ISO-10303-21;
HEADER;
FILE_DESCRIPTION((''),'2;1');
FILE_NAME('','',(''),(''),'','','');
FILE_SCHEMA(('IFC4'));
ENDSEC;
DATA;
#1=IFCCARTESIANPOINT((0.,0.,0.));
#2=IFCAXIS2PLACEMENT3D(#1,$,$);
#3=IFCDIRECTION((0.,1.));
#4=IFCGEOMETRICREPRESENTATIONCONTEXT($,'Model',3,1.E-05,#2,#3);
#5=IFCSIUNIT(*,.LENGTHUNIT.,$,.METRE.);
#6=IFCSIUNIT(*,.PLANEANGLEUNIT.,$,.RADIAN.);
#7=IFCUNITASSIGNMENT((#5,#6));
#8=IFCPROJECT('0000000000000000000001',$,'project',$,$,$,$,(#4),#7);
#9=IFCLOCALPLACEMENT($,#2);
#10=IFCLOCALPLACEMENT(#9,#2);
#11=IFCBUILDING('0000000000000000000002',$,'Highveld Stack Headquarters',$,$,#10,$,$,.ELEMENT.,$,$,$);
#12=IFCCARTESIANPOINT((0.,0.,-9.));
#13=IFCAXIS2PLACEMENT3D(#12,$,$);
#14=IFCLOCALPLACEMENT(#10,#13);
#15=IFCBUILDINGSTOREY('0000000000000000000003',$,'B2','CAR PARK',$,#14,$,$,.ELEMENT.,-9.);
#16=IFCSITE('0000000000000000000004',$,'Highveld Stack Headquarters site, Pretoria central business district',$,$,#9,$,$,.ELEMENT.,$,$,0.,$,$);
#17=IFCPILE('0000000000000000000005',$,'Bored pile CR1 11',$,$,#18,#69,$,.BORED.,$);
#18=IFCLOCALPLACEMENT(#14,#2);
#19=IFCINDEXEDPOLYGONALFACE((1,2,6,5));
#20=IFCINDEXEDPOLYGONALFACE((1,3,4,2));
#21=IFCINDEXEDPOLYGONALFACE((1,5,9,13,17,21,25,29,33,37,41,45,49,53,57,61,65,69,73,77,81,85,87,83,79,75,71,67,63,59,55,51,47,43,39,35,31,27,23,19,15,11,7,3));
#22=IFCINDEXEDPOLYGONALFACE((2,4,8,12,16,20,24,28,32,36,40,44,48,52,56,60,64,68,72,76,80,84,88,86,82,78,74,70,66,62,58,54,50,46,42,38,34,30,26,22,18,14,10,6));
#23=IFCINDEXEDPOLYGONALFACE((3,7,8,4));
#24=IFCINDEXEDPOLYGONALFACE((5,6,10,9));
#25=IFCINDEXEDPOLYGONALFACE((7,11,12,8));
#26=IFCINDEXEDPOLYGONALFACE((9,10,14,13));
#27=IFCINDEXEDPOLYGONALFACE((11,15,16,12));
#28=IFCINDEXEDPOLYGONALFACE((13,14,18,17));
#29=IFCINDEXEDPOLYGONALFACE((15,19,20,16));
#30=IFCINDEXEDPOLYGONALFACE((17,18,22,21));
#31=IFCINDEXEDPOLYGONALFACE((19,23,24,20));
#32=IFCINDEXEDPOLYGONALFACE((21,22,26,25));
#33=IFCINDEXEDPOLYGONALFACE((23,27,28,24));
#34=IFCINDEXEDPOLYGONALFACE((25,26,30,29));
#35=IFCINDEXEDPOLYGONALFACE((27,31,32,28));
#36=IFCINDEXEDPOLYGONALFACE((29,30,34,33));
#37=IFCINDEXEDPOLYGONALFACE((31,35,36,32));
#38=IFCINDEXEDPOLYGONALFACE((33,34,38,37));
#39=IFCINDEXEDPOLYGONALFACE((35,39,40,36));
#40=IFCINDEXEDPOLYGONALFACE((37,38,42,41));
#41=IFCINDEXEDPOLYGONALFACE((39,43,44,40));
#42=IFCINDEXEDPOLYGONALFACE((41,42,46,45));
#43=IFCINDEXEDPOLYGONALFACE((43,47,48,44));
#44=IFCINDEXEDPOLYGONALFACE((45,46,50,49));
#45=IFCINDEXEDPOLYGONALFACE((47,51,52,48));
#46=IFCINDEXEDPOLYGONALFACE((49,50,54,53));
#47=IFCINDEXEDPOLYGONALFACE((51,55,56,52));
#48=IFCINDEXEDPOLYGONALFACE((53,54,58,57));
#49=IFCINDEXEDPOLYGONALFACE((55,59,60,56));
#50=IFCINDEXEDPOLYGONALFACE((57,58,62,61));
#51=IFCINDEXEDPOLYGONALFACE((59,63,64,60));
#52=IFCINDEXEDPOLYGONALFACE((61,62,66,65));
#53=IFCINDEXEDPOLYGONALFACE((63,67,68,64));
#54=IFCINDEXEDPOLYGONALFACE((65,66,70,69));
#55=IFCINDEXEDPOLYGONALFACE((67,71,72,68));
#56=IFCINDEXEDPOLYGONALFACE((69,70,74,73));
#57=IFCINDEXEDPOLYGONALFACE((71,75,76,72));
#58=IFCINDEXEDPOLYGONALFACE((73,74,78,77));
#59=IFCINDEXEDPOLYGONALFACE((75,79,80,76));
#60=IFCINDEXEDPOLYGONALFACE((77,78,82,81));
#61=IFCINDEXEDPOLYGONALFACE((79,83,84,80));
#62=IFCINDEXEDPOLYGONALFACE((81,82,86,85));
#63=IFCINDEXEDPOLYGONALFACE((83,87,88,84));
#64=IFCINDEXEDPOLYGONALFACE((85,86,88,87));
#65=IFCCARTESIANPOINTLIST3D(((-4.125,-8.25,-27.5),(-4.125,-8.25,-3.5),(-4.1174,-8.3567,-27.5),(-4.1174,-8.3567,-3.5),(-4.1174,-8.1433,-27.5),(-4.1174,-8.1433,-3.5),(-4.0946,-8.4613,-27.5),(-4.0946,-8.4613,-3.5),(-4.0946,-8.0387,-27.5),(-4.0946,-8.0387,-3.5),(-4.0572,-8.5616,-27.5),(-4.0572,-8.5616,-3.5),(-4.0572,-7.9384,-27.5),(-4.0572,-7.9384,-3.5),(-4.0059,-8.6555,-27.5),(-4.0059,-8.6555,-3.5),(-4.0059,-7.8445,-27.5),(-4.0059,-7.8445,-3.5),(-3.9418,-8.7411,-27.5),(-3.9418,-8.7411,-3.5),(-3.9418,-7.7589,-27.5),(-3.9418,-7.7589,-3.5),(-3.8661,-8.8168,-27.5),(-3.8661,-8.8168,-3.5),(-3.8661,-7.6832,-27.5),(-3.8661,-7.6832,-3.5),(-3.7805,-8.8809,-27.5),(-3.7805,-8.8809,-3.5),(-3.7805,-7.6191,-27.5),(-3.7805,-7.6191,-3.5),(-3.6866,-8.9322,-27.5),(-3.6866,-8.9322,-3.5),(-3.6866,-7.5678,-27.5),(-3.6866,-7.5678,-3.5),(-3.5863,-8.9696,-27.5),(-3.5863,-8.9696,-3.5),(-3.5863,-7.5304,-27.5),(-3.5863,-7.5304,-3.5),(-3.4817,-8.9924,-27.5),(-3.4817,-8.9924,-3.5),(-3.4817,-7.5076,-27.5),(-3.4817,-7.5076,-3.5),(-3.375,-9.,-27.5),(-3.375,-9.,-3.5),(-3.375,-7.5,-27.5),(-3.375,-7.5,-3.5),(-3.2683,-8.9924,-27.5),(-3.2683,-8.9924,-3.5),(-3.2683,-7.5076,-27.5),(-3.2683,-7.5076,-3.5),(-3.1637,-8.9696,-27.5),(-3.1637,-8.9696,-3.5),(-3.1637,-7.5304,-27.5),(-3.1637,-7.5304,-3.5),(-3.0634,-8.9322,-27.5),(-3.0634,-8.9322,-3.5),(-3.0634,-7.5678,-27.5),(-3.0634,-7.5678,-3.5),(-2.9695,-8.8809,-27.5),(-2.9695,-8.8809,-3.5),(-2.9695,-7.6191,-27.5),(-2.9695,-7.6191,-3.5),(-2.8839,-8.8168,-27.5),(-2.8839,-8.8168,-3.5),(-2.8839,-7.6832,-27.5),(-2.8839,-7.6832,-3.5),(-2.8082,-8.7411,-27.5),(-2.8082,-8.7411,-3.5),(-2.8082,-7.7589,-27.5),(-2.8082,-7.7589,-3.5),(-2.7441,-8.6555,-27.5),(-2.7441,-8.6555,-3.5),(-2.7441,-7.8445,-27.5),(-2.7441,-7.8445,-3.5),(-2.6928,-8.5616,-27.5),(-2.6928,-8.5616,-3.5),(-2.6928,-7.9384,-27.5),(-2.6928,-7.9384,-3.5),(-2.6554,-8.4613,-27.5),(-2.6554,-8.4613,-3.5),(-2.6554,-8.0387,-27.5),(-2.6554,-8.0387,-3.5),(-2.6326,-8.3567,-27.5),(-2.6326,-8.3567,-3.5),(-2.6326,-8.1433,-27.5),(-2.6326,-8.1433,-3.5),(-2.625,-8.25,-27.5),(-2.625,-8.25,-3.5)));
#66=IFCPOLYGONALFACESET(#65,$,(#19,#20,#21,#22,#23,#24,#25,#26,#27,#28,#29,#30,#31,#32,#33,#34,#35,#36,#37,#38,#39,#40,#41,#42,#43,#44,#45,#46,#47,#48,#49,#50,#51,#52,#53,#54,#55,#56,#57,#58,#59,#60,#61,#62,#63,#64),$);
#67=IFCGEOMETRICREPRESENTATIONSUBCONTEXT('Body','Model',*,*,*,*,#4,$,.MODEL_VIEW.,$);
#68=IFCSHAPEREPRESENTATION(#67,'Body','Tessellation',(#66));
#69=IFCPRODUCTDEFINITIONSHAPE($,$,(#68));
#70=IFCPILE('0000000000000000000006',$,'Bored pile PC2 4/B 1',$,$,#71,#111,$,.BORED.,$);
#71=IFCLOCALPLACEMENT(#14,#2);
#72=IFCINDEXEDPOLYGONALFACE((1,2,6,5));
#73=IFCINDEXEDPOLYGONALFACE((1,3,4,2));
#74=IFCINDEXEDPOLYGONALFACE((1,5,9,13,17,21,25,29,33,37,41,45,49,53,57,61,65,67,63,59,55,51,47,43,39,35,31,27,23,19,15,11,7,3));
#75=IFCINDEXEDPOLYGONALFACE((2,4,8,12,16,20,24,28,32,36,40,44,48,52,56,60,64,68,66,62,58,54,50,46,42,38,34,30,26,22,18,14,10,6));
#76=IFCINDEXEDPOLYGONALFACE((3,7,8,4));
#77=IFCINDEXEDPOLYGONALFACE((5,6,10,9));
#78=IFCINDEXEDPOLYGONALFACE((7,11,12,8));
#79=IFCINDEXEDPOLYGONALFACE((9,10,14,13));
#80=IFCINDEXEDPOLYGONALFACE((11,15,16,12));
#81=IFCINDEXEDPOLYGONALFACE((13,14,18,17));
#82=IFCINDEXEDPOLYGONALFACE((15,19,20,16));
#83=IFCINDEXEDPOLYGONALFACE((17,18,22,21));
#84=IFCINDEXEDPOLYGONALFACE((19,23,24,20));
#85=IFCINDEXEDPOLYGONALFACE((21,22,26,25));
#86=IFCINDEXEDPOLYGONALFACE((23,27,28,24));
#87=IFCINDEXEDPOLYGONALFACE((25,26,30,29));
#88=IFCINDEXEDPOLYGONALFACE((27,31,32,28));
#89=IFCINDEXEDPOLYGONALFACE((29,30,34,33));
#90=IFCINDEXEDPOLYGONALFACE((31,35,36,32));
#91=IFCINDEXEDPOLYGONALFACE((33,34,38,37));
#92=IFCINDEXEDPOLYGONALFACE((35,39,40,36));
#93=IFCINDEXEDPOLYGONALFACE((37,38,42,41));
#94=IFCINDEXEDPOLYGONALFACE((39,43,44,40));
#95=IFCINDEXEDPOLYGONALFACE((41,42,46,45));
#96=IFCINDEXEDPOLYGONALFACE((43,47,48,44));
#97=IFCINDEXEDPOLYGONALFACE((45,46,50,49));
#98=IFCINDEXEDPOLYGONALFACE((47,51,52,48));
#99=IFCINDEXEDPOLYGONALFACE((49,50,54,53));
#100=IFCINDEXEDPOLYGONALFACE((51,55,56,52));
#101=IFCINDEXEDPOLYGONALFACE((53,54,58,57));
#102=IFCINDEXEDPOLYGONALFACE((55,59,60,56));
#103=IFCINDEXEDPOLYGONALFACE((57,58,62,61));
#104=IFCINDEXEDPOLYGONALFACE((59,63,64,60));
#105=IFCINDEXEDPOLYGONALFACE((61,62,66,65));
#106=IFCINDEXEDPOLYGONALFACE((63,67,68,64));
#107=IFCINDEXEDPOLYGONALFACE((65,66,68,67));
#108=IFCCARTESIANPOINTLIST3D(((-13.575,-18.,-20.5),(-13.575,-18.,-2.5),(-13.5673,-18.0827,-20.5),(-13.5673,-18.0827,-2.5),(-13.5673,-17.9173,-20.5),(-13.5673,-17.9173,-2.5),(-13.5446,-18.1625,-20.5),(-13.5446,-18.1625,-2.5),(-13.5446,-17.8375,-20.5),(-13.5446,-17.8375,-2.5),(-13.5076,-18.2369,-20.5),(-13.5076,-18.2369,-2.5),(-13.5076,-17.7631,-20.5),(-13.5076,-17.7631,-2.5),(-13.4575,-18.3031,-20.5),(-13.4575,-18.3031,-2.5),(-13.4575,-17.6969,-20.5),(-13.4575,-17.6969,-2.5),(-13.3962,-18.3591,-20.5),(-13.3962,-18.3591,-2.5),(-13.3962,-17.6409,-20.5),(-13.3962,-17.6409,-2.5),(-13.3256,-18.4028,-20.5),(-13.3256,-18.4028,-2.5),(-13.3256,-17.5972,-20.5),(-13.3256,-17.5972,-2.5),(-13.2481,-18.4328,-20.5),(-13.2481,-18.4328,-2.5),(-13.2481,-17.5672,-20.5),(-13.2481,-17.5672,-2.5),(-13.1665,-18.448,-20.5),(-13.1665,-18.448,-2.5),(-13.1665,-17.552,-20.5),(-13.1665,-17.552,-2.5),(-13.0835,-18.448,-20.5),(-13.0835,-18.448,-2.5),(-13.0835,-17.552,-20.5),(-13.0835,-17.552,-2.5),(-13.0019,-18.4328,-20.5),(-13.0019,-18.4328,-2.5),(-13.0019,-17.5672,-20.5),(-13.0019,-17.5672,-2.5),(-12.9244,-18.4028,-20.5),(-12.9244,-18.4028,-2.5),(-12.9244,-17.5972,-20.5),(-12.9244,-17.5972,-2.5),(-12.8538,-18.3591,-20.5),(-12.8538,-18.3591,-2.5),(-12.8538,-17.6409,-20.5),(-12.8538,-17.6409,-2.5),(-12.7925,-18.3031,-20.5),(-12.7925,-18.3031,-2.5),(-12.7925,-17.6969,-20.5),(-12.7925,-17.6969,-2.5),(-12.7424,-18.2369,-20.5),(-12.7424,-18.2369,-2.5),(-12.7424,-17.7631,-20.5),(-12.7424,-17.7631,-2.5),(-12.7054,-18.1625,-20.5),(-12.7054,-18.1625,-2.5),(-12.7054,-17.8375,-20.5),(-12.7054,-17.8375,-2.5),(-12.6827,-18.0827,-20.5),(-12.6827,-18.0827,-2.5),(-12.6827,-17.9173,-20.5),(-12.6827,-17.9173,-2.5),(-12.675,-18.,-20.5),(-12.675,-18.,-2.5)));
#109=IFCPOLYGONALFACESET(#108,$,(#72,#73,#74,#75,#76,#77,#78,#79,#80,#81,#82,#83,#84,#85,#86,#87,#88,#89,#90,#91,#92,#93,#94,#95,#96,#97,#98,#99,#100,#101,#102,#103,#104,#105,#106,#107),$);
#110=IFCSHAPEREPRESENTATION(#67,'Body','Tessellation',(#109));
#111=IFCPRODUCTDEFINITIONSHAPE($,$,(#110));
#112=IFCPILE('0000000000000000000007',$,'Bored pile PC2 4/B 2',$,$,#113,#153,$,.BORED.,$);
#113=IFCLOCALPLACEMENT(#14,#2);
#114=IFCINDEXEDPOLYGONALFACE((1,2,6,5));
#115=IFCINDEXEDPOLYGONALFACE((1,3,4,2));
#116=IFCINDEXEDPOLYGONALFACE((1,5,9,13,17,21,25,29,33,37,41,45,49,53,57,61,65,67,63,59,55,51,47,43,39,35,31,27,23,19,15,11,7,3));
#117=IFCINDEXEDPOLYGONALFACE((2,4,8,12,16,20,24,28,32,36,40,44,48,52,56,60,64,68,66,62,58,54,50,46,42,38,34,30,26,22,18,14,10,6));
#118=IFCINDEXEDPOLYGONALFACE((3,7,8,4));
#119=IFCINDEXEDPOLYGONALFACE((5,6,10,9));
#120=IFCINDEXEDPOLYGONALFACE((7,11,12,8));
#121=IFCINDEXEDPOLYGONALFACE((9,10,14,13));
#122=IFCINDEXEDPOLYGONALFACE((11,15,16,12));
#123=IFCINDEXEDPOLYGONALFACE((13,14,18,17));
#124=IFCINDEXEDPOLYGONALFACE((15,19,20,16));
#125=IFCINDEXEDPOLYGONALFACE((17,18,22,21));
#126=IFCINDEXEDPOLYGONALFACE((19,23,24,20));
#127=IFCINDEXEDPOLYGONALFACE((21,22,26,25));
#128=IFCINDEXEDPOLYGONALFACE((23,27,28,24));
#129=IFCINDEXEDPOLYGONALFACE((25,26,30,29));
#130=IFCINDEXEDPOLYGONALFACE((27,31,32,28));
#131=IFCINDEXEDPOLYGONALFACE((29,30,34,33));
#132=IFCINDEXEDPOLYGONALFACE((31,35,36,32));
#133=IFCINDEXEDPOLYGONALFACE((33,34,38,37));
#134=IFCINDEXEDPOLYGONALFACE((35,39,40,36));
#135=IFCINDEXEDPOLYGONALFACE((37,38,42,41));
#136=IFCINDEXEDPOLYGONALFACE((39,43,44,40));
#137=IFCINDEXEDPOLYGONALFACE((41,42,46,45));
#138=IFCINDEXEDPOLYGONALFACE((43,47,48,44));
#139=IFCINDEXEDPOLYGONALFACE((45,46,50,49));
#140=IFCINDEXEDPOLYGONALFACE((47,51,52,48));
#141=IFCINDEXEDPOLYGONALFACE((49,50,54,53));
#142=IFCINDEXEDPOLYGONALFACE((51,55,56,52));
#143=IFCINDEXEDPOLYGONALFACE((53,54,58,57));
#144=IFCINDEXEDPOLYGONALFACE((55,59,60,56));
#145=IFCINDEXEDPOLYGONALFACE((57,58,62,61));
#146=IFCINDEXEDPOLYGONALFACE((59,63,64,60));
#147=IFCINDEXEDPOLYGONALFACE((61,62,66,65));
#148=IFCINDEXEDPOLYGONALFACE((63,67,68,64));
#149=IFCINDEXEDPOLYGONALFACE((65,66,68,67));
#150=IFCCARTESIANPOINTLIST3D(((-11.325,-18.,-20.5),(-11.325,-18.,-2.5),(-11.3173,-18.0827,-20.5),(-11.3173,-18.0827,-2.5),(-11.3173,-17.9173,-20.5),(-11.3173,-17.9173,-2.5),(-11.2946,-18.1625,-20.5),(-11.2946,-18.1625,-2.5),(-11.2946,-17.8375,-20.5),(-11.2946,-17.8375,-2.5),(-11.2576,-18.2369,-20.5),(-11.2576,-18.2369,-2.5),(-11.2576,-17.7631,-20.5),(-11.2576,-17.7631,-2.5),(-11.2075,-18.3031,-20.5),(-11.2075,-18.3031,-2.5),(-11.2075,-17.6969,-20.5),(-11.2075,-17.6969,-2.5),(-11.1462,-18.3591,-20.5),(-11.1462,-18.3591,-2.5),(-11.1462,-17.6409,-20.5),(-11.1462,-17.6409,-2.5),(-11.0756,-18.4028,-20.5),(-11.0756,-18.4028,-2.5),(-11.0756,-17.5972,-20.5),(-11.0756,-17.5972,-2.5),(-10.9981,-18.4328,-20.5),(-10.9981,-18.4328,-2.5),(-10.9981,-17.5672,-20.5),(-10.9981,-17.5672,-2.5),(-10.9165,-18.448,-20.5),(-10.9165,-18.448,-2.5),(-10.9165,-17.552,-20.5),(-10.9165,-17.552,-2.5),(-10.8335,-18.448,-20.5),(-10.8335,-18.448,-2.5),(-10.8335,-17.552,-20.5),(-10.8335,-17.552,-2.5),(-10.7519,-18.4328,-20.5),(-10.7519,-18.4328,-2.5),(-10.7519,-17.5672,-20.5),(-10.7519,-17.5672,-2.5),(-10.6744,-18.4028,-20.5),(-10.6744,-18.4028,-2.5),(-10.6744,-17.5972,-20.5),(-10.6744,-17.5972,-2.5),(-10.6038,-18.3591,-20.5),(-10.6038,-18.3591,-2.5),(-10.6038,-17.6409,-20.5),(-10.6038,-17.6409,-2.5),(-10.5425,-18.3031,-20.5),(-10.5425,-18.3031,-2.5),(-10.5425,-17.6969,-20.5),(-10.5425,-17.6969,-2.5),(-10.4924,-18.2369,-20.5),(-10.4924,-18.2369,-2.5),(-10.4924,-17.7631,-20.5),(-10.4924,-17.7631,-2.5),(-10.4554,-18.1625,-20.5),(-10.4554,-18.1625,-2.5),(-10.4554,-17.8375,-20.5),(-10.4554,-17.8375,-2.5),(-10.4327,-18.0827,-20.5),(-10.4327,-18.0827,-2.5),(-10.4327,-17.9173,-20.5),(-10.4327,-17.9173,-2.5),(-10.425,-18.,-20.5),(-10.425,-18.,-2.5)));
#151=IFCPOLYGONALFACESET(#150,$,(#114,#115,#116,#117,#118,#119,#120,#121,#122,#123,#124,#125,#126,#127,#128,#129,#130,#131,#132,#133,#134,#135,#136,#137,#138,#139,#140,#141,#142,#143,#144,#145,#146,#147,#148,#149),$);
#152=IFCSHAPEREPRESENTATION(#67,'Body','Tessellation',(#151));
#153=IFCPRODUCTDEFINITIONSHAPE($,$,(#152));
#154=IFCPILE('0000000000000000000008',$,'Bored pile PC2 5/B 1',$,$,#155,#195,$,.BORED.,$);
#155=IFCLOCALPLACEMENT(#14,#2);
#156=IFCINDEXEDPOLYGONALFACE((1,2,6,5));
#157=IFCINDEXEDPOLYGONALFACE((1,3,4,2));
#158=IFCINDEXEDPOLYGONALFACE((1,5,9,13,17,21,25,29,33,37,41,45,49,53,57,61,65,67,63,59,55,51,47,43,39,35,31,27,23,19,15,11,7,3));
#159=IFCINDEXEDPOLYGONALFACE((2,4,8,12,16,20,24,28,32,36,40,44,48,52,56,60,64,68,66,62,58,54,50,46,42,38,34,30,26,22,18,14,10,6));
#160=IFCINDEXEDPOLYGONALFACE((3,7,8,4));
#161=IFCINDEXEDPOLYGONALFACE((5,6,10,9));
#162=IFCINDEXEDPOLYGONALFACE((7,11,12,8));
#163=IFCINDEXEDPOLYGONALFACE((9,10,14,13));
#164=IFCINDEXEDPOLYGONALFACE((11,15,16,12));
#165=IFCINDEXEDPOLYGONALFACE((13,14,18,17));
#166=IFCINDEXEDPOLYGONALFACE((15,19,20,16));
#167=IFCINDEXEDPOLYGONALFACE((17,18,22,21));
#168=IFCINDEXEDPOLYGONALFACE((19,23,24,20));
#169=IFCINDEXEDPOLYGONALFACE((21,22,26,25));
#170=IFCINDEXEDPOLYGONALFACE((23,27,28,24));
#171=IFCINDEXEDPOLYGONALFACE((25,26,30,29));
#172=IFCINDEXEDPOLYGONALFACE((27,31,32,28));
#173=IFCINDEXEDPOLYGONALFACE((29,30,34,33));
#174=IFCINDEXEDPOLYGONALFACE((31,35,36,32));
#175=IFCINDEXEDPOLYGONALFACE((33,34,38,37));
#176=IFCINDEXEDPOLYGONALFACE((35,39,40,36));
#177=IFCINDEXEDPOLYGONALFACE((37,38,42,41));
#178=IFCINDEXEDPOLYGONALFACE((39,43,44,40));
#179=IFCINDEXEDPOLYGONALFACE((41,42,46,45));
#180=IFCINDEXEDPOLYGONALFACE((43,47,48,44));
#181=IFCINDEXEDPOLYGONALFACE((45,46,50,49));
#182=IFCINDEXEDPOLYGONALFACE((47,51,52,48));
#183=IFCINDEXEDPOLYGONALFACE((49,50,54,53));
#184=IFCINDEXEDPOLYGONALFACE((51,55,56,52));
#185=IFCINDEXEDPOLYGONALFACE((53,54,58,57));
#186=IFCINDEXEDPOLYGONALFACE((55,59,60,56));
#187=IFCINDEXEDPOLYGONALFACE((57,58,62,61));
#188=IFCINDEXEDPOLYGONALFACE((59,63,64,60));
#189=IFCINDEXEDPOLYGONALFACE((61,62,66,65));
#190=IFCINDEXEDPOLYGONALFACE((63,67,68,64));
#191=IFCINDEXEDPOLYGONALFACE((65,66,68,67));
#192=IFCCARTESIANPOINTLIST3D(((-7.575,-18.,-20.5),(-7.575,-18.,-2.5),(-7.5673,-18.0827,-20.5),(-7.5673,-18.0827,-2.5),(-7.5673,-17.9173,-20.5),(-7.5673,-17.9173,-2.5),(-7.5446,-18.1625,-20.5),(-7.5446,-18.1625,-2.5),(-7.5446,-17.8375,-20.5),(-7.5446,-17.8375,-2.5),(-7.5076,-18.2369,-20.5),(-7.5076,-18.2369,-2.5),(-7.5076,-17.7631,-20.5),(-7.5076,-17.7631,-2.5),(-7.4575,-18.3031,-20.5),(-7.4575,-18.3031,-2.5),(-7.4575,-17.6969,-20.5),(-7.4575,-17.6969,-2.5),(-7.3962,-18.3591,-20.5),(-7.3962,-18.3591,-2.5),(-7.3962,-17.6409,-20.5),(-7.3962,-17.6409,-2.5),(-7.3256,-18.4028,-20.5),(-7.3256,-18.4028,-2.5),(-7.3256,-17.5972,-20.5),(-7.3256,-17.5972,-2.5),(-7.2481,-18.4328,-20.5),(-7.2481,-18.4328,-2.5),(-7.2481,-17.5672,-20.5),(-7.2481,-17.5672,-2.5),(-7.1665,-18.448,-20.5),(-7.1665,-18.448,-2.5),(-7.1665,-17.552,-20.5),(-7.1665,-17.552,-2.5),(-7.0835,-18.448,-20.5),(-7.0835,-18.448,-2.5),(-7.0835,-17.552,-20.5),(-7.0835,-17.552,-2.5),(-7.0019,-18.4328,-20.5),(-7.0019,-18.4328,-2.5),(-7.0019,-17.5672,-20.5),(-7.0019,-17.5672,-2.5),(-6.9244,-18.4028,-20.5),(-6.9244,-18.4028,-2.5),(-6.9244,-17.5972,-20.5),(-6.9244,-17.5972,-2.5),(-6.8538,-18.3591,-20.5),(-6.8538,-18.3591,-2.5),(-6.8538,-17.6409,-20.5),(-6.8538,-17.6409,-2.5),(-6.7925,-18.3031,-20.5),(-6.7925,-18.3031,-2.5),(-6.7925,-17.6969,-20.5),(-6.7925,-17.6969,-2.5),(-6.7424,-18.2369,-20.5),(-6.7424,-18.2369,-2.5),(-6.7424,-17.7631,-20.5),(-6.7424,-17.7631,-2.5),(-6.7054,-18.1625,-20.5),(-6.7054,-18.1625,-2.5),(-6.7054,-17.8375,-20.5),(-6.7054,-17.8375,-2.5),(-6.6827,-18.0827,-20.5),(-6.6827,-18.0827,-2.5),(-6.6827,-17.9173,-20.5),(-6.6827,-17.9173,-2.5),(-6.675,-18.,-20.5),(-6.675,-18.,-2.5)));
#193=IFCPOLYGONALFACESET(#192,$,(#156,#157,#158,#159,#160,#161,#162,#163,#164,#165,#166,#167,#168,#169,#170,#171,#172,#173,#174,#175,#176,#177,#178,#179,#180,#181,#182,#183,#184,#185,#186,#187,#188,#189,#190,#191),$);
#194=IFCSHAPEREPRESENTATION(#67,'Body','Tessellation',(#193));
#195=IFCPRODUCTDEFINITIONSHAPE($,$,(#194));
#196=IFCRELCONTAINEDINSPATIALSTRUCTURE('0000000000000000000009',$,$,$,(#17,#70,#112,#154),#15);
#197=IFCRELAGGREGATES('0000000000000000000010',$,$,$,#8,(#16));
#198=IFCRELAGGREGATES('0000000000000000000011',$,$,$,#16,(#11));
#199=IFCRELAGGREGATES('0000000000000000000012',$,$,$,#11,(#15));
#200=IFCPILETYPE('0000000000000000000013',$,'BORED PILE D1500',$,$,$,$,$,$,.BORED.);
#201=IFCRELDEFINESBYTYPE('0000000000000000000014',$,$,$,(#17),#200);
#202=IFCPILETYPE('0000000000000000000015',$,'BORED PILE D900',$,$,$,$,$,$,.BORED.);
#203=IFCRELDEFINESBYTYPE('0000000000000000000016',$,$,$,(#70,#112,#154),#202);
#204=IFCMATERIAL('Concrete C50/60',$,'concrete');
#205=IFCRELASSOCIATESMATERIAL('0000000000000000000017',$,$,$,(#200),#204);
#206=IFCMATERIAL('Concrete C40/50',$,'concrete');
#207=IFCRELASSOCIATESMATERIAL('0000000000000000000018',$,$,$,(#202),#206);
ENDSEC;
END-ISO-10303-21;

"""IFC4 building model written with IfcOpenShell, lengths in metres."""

from ifc_helpers import new_model, si_unit, direction, frame, origin, origin_2d, place, context, subcontext, project, spatial, circle, extrude, material, type_object, element, save


model = new_model("IFC4")

# Units and contexts
model_context = context("Model", 3, precision=1e-05, world=origin(), true_north=direction((0.0, 1.0)))
body_context = subcontext(model_context, "Body", "Model", "MODEL_VIEW")
ifc_project = project(units=[si_unit("LENGTHUNIT", "METRE"), si_unit("PLANEANGLEUNIT", "RADIAN")], contexts=[model_context])

# Site, building, storey
site_placement = place(None, origin())
site = spatial("IfcSite", under=ifc_project, at=site_placement, Name="Highveld Stack Headquarters site, Pretoria central business district", CompositionType="ELEMENT", RefElevation=0.0)
building_placement = place(site_placement, origin())
building = spatial("IfcBuilding", under=site, at=building_placement, Name="Highveld Stack Headquarters", CompositionType="ELEMENT")
storey_placement = place(building_placement, frame((0.0, 0.0, -9.0)))
storey = spatial("IfcBuildingStorey", under=building, at=storey_placement, Name="B2", Description="CAR PARK", CompositionType="ELEMENT", Elevation=-9.0)

# Piles
ifc_material_1 = material(Name="Concrete C50/60", Category="concrete")
pile_type_1 = type_object("IfcPileType", Name="BORED PILE D1500", PredefinedType="BORED", material=ifc_material_1)
for number, where, z_axis, x_axis, name in (
    (1, (-3.375, -8.25, -3.5), (0.0, 0.0, -1.0), (1.0, 0.0, 0.0), "Bored pile CR1 11"),
):
    element("IfcPile", number, at=place(storey_placement, frame(where, z_axis=z_axis, x_axis=x_axis)), inside=storey, type_object=pile_type_1, Name=name, PredefinedType="BORED", context=body_context, shape_type="SweptSolid", body=[
        extrude(circle(Radius=0.75, at=origin_2d()), origin(), (0.0, 0.0, 1.0), 24.0),
    ])
ifc_material_2 = material(Name="Concrete C40/50", Category="concrete")
pile_type_2 = type_object("IfcPileType", Name="BORED PILE D900", PredefinedType="BORED", material=ifc_material_2)
for number, where, z_axis, x_axis, name in (
    (2, (-13.125, -18.0, -2.5), (0.0, 0.0, -1.0), (1.0, 0.0, 0.0), "Bored pile PC2 4/B 1"),
    (3, (-10.875, -18.0, -2.5), (0.0, 0.0, -1.0), (1.0, 0.0, 0.0), "Bored pile PC2 4/B 2"),
    (4, (-7.125, -18.0, -2.5), (0.0, 0.0, -1.0), (1.0, 0.0, 0.0), "Bored pile PC2 5/B 1"),
):
    element("IfcPile", number, at=place(storey_placement, frame(where, z_axis=z_axis, x_axis=x_axis)), inside=storey, type_object=pile_type_2, Name=name, PredefinedType="BORED", context=body_context, shape_type="SweptSolid", body=[
        extrude(circle(Radius=0.45, at=origin_2d()), origin(), (0.0, 0.0, 1.0), 18.0),
    ])

save(model, "model.ifc")
